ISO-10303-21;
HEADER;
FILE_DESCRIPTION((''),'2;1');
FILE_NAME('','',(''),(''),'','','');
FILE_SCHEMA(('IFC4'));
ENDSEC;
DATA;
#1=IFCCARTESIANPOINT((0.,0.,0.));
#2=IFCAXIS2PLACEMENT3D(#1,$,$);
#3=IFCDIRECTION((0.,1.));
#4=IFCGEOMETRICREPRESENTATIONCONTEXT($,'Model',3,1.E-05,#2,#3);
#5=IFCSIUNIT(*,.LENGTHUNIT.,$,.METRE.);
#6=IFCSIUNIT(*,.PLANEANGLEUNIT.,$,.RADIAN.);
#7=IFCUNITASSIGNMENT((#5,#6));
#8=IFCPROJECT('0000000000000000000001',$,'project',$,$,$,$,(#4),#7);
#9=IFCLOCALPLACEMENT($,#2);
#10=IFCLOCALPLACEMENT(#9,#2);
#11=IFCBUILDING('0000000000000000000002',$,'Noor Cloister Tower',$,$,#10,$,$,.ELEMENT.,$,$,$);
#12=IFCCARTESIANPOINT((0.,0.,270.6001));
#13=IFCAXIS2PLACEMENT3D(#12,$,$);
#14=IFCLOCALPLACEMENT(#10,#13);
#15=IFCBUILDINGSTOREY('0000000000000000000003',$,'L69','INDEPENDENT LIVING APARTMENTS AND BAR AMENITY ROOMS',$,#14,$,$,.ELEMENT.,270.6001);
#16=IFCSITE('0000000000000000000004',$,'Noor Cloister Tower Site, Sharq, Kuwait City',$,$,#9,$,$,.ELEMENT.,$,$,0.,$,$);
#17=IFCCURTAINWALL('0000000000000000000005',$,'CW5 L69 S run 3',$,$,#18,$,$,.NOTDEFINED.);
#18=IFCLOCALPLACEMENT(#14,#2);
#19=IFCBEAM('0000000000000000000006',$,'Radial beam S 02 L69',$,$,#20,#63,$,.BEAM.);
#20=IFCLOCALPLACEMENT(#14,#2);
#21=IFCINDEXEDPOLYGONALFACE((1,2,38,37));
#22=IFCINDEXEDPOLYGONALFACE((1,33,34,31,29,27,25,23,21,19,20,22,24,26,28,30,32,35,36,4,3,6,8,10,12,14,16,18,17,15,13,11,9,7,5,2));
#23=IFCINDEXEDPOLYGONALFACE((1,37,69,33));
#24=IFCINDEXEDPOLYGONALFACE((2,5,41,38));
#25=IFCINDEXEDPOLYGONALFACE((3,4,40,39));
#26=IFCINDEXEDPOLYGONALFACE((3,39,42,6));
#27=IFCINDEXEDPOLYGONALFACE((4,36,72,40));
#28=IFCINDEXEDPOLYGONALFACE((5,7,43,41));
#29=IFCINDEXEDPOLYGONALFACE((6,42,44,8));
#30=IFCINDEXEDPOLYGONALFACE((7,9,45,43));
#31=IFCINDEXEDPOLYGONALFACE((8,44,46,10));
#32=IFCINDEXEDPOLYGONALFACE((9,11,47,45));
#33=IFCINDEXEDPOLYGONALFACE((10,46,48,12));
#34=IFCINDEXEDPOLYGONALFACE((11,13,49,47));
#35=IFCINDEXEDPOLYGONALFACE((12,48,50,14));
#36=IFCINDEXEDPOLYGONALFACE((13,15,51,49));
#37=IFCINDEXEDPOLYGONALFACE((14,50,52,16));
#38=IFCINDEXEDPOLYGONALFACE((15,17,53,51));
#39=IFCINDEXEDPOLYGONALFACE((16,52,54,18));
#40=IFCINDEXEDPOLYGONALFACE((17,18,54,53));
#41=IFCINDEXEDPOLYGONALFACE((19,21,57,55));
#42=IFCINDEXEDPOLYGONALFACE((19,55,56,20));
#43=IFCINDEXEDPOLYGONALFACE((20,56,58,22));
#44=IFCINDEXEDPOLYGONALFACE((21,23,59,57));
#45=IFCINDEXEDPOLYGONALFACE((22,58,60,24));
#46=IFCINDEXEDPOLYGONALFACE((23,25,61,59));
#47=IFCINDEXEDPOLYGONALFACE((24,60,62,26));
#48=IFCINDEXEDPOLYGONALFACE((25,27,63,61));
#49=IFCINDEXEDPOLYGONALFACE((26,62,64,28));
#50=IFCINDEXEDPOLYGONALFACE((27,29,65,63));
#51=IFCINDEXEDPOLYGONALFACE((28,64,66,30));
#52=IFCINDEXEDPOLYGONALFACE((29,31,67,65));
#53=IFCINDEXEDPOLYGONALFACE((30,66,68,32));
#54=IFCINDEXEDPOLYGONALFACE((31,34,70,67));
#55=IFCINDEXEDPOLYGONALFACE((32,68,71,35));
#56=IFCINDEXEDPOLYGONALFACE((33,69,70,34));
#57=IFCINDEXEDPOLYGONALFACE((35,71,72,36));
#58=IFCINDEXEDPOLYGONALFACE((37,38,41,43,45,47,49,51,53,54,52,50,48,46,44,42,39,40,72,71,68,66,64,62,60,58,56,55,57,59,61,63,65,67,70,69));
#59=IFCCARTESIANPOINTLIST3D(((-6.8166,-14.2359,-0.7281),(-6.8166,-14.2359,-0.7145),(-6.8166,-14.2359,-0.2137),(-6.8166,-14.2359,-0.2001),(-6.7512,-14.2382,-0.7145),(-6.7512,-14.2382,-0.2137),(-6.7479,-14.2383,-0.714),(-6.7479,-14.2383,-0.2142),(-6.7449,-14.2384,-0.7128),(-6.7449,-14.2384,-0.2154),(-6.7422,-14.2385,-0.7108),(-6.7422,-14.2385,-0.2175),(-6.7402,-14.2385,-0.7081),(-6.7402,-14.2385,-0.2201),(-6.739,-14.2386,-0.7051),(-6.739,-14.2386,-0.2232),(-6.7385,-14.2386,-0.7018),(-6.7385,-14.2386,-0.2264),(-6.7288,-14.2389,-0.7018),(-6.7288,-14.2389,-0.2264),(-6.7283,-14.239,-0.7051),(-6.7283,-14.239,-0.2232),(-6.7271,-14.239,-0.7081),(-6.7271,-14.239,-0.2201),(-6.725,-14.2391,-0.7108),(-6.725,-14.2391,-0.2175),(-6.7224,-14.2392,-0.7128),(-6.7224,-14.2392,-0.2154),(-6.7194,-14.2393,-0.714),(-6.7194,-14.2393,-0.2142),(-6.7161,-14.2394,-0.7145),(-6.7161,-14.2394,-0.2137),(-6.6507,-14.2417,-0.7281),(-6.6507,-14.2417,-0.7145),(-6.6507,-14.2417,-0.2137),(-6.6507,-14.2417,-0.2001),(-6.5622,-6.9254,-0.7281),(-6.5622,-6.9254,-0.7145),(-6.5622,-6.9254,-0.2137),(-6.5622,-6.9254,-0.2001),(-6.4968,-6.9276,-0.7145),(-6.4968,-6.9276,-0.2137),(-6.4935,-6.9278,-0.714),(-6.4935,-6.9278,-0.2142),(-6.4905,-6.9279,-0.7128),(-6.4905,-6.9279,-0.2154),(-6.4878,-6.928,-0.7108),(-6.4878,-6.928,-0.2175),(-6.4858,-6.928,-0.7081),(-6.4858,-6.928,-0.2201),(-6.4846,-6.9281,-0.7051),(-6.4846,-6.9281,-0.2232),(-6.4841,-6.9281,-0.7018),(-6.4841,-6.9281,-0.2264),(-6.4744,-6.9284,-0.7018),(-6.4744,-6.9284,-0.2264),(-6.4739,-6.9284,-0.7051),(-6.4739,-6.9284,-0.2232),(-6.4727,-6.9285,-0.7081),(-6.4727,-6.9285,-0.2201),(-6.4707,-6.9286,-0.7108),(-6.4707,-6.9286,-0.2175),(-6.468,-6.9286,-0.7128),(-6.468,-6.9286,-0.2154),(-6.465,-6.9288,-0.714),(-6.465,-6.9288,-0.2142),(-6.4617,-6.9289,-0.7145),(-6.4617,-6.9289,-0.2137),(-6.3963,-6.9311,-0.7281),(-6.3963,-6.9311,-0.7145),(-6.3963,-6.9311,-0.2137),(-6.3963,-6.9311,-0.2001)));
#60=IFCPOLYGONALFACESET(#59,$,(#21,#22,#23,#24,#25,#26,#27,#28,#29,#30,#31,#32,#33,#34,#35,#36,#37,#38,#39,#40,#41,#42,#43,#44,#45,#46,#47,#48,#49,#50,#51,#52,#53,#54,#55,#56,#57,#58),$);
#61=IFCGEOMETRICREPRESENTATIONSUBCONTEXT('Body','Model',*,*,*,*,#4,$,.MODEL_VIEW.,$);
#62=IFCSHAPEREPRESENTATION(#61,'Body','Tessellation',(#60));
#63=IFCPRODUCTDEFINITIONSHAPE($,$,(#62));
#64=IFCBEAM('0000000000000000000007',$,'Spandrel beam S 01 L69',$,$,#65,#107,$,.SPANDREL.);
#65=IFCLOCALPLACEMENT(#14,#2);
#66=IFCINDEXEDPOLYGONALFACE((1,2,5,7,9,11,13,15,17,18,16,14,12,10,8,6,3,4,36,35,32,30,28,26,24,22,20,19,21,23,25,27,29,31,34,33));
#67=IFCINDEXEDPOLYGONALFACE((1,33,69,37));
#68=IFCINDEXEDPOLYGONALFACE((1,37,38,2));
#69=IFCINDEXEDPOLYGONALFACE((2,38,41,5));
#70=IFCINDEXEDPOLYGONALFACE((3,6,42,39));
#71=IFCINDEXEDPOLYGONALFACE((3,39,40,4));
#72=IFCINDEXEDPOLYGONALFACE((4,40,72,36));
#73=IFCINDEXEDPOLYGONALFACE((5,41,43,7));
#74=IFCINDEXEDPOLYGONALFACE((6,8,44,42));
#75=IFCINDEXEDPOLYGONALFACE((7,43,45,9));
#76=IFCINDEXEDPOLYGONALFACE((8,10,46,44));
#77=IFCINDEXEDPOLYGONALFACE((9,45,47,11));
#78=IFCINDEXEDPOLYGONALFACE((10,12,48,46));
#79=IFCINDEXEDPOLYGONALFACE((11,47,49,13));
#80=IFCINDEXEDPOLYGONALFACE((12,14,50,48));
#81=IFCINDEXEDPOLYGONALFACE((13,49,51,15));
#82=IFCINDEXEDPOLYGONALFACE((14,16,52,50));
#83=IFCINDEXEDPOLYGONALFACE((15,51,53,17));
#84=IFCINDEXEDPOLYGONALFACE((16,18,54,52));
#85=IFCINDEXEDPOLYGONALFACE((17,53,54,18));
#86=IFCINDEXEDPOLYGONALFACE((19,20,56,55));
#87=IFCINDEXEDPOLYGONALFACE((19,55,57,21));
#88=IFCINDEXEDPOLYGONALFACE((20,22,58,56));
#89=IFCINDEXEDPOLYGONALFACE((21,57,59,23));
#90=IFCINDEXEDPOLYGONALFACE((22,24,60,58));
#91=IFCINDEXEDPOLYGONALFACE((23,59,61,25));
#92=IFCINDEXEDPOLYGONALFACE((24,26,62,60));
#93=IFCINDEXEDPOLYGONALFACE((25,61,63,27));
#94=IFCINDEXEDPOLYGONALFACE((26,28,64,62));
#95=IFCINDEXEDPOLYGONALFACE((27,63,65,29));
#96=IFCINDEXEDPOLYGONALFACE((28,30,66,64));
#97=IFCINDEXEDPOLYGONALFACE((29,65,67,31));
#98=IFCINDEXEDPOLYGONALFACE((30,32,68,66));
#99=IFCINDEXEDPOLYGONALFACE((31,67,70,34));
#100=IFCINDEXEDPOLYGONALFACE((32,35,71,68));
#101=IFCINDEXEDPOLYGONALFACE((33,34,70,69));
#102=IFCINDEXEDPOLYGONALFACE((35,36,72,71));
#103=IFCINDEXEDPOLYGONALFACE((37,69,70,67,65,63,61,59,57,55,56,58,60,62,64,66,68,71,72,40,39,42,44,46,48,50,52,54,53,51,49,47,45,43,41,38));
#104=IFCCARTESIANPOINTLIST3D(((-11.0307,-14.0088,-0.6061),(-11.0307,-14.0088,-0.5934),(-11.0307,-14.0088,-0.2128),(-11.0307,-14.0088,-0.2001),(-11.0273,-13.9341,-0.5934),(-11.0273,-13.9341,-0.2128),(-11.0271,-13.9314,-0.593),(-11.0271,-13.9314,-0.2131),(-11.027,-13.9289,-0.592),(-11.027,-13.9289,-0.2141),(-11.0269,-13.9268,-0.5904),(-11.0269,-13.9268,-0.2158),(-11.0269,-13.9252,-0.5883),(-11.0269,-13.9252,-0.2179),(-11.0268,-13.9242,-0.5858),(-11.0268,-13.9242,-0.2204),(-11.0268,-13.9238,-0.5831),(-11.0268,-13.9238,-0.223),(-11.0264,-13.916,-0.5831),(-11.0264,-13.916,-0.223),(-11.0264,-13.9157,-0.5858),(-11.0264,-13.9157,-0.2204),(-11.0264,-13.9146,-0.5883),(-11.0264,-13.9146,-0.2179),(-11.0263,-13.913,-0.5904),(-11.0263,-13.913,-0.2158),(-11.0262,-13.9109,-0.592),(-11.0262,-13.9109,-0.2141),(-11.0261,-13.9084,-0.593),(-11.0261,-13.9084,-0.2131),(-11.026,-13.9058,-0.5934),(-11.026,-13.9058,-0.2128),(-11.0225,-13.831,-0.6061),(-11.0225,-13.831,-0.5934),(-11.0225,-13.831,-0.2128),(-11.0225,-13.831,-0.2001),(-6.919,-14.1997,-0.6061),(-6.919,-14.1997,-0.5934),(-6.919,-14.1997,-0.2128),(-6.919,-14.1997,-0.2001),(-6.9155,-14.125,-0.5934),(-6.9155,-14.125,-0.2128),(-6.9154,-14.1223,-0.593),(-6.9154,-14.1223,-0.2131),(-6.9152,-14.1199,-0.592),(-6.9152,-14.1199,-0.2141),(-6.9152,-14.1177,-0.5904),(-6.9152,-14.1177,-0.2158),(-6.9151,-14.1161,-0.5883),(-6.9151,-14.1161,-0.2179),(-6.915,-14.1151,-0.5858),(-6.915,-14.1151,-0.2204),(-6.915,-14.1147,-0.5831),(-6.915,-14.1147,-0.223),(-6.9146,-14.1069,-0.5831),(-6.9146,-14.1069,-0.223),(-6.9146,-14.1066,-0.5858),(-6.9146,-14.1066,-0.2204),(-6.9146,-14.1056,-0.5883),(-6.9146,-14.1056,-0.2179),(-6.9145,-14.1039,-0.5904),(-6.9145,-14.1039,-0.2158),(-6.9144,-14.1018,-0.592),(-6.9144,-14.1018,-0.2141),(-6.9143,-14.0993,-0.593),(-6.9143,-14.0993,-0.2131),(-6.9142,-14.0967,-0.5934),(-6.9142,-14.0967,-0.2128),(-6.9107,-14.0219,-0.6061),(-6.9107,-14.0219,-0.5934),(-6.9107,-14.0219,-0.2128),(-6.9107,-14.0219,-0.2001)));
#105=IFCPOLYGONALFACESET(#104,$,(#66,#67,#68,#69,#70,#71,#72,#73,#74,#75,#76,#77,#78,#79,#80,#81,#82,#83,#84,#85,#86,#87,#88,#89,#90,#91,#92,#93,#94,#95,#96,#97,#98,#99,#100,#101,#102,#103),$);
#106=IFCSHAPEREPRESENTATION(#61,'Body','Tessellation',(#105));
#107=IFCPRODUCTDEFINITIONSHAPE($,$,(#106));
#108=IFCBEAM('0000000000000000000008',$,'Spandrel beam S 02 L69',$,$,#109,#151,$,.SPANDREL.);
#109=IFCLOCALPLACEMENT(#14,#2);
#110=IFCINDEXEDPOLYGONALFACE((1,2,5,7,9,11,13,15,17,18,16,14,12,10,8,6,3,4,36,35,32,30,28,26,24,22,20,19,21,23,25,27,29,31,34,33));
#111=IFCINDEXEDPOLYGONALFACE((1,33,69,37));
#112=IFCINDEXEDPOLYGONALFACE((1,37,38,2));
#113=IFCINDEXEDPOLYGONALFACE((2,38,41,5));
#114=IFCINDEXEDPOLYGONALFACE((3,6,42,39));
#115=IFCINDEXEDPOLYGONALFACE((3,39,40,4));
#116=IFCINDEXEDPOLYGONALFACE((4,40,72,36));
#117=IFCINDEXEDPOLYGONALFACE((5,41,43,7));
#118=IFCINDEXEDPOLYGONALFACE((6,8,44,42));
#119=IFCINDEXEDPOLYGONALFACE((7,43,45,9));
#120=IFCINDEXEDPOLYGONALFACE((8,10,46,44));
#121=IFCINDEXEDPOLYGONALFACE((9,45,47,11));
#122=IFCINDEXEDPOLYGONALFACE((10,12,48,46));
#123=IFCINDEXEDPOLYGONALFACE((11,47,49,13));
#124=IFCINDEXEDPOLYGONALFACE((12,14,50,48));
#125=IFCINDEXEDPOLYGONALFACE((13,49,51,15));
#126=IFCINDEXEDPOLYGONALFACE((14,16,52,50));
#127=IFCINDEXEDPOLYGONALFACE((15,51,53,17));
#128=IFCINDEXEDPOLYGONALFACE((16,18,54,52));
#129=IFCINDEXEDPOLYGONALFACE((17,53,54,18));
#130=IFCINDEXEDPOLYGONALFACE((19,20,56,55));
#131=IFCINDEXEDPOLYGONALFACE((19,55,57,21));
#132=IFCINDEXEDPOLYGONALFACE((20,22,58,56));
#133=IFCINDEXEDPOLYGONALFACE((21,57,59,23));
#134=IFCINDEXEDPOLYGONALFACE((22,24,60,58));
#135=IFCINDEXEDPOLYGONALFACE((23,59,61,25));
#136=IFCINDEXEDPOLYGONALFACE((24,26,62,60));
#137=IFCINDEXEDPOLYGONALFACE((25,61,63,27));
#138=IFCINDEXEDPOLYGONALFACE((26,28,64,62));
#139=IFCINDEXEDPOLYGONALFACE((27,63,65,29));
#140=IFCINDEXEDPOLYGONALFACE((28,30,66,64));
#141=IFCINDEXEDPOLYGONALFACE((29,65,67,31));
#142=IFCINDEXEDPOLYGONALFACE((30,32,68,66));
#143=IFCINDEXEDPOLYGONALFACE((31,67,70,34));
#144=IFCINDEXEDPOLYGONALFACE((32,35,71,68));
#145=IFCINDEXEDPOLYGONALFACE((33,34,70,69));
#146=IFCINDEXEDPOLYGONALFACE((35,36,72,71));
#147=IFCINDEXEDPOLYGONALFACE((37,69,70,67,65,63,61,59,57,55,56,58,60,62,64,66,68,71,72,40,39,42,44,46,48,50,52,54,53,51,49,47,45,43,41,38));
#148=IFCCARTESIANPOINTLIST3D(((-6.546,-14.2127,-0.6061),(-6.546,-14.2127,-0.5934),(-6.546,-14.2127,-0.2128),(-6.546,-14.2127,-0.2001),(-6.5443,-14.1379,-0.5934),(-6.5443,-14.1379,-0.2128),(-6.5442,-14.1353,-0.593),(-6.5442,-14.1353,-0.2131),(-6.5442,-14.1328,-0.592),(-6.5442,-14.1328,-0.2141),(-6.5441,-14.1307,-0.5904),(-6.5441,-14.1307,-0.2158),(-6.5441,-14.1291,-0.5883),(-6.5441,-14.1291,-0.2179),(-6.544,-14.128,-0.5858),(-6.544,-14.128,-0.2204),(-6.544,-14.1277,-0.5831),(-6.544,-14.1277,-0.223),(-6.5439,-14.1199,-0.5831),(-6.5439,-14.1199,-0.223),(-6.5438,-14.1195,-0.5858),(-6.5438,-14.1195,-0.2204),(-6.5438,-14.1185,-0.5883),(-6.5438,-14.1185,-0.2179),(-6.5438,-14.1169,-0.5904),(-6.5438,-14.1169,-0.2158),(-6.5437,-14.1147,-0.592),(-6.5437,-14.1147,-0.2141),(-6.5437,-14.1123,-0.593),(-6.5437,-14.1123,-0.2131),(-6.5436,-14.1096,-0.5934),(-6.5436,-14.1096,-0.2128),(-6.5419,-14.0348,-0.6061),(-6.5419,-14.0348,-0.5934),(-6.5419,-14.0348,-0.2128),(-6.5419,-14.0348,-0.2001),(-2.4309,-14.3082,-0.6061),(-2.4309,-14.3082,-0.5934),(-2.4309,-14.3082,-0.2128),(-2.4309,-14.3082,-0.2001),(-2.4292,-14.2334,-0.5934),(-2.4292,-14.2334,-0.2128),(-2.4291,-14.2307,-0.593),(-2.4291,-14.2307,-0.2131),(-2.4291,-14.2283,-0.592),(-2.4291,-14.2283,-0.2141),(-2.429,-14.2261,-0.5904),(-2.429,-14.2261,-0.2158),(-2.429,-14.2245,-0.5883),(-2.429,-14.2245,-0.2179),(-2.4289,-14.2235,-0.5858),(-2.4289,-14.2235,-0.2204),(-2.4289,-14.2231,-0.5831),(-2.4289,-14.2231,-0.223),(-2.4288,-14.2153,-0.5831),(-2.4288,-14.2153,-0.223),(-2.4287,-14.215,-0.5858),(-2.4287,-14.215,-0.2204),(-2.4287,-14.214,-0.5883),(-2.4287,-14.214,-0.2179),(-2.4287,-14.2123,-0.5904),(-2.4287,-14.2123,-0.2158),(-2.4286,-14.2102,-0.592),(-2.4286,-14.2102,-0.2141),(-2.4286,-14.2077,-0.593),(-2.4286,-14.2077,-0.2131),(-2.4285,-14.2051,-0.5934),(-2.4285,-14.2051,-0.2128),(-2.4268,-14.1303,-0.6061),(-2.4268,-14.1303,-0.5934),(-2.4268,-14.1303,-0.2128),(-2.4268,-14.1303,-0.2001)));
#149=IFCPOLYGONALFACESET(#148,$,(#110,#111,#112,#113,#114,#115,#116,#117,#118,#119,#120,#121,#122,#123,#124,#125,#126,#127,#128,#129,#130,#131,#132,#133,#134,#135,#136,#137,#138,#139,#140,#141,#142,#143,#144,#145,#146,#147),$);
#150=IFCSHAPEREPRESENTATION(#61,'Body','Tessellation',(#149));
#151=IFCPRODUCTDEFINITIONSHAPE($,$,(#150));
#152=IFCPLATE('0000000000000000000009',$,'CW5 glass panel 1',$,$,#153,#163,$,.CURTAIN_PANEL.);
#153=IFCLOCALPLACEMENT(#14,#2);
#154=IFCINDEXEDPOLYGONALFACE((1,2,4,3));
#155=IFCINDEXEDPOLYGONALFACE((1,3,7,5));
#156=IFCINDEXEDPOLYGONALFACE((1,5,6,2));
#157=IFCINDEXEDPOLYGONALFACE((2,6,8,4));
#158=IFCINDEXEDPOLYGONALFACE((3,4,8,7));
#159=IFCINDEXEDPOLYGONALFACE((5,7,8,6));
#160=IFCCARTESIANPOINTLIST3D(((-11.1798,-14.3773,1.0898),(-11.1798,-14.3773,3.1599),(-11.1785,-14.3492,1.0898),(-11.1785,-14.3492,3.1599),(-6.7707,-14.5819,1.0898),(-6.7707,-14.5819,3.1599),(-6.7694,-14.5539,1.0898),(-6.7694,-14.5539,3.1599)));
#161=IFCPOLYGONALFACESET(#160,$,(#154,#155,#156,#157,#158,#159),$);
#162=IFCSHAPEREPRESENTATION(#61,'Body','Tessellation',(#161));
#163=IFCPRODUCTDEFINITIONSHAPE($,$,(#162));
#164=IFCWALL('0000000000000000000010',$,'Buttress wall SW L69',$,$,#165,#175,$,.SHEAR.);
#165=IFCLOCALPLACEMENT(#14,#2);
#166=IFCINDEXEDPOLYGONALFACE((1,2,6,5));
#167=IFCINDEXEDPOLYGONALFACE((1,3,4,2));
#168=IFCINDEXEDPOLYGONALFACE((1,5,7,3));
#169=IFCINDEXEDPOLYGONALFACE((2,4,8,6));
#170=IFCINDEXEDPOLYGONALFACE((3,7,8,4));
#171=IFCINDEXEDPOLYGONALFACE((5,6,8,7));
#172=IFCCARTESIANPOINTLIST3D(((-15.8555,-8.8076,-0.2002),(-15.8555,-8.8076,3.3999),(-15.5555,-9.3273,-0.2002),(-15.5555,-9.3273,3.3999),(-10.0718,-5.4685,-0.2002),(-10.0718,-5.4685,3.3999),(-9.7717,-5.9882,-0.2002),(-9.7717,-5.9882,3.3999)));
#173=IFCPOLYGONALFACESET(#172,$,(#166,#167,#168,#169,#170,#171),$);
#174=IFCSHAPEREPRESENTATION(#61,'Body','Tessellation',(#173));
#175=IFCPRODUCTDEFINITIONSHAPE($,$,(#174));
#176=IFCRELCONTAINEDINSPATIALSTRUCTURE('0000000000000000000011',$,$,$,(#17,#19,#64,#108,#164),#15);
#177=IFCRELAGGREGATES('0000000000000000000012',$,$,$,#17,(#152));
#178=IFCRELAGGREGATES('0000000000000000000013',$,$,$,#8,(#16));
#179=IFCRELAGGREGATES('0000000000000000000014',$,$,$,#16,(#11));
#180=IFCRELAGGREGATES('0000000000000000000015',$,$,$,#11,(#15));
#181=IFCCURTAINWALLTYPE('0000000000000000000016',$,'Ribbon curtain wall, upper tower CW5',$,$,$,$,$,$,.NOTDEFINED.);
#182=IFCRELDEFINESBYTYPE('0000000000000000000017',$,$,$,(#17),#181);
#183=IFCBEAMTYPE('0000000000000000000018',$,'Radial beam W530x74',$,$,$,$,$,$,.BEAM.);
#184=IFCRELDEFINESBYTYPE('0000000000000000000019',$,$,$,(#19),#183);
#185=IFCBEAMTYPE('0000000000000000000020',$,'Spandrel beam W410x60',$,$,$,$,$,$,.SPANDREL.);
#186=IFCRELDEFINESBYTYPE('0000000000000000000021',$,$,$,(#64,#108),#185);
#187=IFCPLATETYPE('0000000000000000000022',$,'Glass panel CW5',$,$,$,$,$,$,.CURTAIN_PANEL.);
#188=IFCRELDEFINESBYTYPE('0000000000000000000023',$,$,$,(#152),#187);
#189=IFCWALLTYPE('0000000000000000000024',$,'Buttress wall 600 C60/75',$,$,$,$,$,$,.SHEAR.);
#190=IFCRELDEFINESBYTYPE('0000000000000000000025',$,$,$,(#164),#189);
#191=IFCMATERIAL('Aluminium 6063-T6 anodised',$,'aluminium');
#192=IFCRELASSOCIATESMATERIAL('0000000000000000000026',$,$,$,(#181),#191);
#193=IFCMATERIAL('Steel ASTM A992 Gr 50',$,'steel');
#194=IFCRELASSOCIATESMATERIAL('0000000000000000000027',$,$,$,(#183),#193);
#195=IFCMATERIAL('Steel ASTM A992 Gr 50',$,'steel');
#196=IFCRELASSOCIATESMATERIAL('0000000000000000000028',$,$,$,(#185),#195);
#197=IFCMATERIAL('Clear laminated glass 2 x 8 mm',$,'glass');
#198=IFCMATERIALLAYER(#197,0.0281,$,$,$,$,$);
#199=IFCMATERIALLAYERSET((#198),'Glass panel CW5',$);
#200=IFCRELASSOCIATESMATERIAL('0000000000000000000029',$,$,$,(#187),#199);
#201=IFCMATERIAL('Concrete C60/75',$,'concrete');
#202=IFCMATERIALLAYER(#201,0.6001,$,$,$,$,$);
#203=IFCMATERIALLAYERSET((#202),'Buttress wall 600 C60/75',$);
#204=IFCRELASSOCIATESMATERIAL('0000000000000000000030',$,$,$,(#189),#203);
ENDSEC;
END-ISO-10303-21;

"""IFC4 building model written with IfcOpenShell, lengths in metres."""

from ifc_helpers import new_model, si_unit, direction, frame, frame_2d, origin, origin_2d, place, context, subcontext, project, spatial, rectangle, i_section, extrude, material, layer, layer_set, material_profile, profile_set, type_object, element, aggregate, save


model = new_model("IFC4")

# Units and contexts
model_context = context("Model", 3, precision=1e-05, world=origin(), true_north=direction((0.0, 1.0)))
body_context = subcontext(model_context, "Body", "Model", "MODEL_VIEW")
ifc_project = project(units=[si_unit("LENGTHUNIT", "METRE"), si_unit("PLANEANGLEUNIT", "RADIAN")], contexts=[model_context])

# Site, building, storey
site_placement = place(None, origin())
site = spatial("IfcSite", under=ifc_project, at=site_placement, Name="Noor Cloister Tower Site, Sharq, Kuwait City", CompositionType="ELEMENT", RefElevation=0.0)
building_placement = place(site_placement, origin())
building = spatial("IfcBuilding", under=site, at=building_placement, Name="Noor Cloister Tower", CompositionType="ELEMENT")
storey_placement = place(building_placement, frame((0.0, 0.0, 270.6001)))
storey = spatial("IfcBuildingStorey", under=building, at=storey_placement, Name="L69", Description="INDEPENDENT LIVING APARTMENTS AND BAR AMENITY ROOMS", CompositionType="ELEMENT", Elevation=270.6001)

# Curtain wall
ifc_material_1 = material(Name="Aluminium 6063-T6 anodised", Category="aluminium")
curtain_wall_type = type_object("IfcCurtainWallType", Name="Ribbon curtain wall, upper tower CW5", PredefinedType="NOTDEFINED", material=ifc_material_1)
curtain_wall_placement = place(storey_placement, origin())
curtain_wall = element("IfcCurtainWall", 1, at=curtain_wall_placement, inside=storey, type_object=curtain_wall_type, Name="CW5 L69 S run 3", PredefinedType="NOTDEFINED")

# Beams
ifc_material_2 = material(Name="Steel ASTM A992 Gr 50", Category="steel")
ifc_material_profile_1 = material_profile(ifc_material_2, i_section(OverallWidth=0.166, OverallDepth=0.5281, WebThickness=0.0098, FlangeThickness=0.0137, FilletRadius=0.0127, at=origin_2d()), Name="W530x74")
ifc_profile_set_1 = profile_set([ifc_material_profile_1], Name="Steel ASTM A992 Gr 50")
beam_type_1 = type_object("IfcBeamType", Name="Radial beam W530x74", PredefinedType="BEAM", material=ifc_profile_set_1)
beam_1_placement = place(storey_placement, frame((-6.7336, -14.2388, -0.4641), z_axis=(0.034777, 0.999395, 0.0), x_axis=(-0.999395, 0.034777, 0.0)))
element("IfcBeam", 2, at=beam_1_placement, inside=storey, type_object=beam_type_1, Name="Radial beam S 02 L69", PredefinedType="BEAM", context=body_context, shape_type="SweptSolid", body=[
    extrude(i_section(OverallWidth=0.166, OverallDepth=0.5281, WebThickness=0.0098, FlangeThickness=0.0137, FilletRadius=0.0127, at=origin_2d()), origin(), (0.0, 0.0, 1.0), 7.3149),
])
ifc_material_3 = material(Name="Steel ASTM A992 Gr 50", Category="steel")
ifc_material_profile_2 = material_profile(ifc_material_3, i_section(OverallWidth=0.178, OverallDepth=0.406, WebThickness=0.0078, FlangeThickness=0.0127, FilletRadius=0.0103, at=origin_2d()), Name="W410x60")
ifc_profile_set_2 = profile_set([ifc_material_profile_2], Name="Steel ASTM A992 Gr 50")
beam_type_2 = type_object("IfcBeamType", Name="Spandrel beam W410x60", PredefinedType="SPANDREL", material=ifc_profile_set_2)
for number, where, z_axis, x_axis, name in (
    (3, (-11.0266, -13.9199, -0.4031), (0.998924, -0.046382, 0.0), (0.046382, 0.998924, 0.0), "Spandrel beam S 01 L69"),
    (4, (-6.5439, -14.1238, -0.4031), (0.999731, -0.023192, 0.0), (0.023192, 0.999731, 0.0), "Spandrel beam S 02 L69"),
):
    element("IfcBeam", number, at=place(storey_placement, frame(where, z_axis=z_axis, x_axis=x_axis)), inside=storey, type_object=beam_type_2, Name=name, PredefinedType="SPANDREL", context=body_context, shape_type="SweptSolid", body=[
        extrude(i_section(OverallWidth=0.178, OverallDepth=0.406, WebThickness=0.0078, FlangeThickness=0.0127, FilletRadius=0.0103, at=origin_2d()), origin(), (0.0, 0.0, 1.0), 4.1162),
    ])

# Plate
ifc_material_4 = material(Name="Clear laminated glass 2 x 8 mm", Category="glass")
ifc_layer_1 = layer(ifc_material_4, 0.0281)
ifc_layer_set_1 = layer_set([ifc_layer_1], Name="Glass panel CW5")
plate_type = type_object("IfcPlateType", Name="Glass panel CW5", PredefinedType="CURTAIN_PANEL", material=ifc_layer_set_1)
plate_placement = place(storey_placement, frame((-8.9746, -14.4656, 1.0898), z_axis=(0.0, 0.0, 1.0), x_axis=(0.998924, -0.046368, 0.0)))
plate = element("IfcPlate", 5, at=plate_placement, type_object=plate_type, Name="CW5 glass panel 1", PredefinedType="CURTAIN_PANEL", context=body_context, shape_type="SweptSolid", body=[
    extrude(rectangle(XDim=4.4138, YDim=0.0281, at=origin_2d()), origin(), (0.0, 0.0, 1.0), 2.0701),
])
aggregate(curtain_wall, [plate])

# Wall
ifc_material_5 = material(Name="Concrete C60/75", Category="concrete")
ifc_layer_2 = layer(ifc_material_5, 0.6001)
ifc_layer_set_2 = layer_set([ifc_layer_2], Name="Buttress wall 600 C60/75")
wall_type_1 = type_object("IfcWallType", Name="Buttress wall 600 C60/75", PredefinedType="SHEAR", material=ifc_layer_set_2)
wall_1_placement = place(storey_placement, frame((-9.9216, -5.7283, -0.2002), z_axis=(0.0, 0.0, 1.0), x_axis=(-0.866032, -0.499988, 0.0)))
element("IfcWall", 6, at=wall_1_placement, inside=storey, type_object=wall_type_1, Name="Buttress wall SW L69", PredefinedType="SHEAR", context=body_context, shape_type="SweptSolid", body=[
    extrude(rectangle(XDim=6.6785, YDim=0.6001, at=frame_2d((3.3394, 0.0))), origin(), (0.0, 0.0, 1.0), 3.6001),
])

save(model, "model.ifc")
